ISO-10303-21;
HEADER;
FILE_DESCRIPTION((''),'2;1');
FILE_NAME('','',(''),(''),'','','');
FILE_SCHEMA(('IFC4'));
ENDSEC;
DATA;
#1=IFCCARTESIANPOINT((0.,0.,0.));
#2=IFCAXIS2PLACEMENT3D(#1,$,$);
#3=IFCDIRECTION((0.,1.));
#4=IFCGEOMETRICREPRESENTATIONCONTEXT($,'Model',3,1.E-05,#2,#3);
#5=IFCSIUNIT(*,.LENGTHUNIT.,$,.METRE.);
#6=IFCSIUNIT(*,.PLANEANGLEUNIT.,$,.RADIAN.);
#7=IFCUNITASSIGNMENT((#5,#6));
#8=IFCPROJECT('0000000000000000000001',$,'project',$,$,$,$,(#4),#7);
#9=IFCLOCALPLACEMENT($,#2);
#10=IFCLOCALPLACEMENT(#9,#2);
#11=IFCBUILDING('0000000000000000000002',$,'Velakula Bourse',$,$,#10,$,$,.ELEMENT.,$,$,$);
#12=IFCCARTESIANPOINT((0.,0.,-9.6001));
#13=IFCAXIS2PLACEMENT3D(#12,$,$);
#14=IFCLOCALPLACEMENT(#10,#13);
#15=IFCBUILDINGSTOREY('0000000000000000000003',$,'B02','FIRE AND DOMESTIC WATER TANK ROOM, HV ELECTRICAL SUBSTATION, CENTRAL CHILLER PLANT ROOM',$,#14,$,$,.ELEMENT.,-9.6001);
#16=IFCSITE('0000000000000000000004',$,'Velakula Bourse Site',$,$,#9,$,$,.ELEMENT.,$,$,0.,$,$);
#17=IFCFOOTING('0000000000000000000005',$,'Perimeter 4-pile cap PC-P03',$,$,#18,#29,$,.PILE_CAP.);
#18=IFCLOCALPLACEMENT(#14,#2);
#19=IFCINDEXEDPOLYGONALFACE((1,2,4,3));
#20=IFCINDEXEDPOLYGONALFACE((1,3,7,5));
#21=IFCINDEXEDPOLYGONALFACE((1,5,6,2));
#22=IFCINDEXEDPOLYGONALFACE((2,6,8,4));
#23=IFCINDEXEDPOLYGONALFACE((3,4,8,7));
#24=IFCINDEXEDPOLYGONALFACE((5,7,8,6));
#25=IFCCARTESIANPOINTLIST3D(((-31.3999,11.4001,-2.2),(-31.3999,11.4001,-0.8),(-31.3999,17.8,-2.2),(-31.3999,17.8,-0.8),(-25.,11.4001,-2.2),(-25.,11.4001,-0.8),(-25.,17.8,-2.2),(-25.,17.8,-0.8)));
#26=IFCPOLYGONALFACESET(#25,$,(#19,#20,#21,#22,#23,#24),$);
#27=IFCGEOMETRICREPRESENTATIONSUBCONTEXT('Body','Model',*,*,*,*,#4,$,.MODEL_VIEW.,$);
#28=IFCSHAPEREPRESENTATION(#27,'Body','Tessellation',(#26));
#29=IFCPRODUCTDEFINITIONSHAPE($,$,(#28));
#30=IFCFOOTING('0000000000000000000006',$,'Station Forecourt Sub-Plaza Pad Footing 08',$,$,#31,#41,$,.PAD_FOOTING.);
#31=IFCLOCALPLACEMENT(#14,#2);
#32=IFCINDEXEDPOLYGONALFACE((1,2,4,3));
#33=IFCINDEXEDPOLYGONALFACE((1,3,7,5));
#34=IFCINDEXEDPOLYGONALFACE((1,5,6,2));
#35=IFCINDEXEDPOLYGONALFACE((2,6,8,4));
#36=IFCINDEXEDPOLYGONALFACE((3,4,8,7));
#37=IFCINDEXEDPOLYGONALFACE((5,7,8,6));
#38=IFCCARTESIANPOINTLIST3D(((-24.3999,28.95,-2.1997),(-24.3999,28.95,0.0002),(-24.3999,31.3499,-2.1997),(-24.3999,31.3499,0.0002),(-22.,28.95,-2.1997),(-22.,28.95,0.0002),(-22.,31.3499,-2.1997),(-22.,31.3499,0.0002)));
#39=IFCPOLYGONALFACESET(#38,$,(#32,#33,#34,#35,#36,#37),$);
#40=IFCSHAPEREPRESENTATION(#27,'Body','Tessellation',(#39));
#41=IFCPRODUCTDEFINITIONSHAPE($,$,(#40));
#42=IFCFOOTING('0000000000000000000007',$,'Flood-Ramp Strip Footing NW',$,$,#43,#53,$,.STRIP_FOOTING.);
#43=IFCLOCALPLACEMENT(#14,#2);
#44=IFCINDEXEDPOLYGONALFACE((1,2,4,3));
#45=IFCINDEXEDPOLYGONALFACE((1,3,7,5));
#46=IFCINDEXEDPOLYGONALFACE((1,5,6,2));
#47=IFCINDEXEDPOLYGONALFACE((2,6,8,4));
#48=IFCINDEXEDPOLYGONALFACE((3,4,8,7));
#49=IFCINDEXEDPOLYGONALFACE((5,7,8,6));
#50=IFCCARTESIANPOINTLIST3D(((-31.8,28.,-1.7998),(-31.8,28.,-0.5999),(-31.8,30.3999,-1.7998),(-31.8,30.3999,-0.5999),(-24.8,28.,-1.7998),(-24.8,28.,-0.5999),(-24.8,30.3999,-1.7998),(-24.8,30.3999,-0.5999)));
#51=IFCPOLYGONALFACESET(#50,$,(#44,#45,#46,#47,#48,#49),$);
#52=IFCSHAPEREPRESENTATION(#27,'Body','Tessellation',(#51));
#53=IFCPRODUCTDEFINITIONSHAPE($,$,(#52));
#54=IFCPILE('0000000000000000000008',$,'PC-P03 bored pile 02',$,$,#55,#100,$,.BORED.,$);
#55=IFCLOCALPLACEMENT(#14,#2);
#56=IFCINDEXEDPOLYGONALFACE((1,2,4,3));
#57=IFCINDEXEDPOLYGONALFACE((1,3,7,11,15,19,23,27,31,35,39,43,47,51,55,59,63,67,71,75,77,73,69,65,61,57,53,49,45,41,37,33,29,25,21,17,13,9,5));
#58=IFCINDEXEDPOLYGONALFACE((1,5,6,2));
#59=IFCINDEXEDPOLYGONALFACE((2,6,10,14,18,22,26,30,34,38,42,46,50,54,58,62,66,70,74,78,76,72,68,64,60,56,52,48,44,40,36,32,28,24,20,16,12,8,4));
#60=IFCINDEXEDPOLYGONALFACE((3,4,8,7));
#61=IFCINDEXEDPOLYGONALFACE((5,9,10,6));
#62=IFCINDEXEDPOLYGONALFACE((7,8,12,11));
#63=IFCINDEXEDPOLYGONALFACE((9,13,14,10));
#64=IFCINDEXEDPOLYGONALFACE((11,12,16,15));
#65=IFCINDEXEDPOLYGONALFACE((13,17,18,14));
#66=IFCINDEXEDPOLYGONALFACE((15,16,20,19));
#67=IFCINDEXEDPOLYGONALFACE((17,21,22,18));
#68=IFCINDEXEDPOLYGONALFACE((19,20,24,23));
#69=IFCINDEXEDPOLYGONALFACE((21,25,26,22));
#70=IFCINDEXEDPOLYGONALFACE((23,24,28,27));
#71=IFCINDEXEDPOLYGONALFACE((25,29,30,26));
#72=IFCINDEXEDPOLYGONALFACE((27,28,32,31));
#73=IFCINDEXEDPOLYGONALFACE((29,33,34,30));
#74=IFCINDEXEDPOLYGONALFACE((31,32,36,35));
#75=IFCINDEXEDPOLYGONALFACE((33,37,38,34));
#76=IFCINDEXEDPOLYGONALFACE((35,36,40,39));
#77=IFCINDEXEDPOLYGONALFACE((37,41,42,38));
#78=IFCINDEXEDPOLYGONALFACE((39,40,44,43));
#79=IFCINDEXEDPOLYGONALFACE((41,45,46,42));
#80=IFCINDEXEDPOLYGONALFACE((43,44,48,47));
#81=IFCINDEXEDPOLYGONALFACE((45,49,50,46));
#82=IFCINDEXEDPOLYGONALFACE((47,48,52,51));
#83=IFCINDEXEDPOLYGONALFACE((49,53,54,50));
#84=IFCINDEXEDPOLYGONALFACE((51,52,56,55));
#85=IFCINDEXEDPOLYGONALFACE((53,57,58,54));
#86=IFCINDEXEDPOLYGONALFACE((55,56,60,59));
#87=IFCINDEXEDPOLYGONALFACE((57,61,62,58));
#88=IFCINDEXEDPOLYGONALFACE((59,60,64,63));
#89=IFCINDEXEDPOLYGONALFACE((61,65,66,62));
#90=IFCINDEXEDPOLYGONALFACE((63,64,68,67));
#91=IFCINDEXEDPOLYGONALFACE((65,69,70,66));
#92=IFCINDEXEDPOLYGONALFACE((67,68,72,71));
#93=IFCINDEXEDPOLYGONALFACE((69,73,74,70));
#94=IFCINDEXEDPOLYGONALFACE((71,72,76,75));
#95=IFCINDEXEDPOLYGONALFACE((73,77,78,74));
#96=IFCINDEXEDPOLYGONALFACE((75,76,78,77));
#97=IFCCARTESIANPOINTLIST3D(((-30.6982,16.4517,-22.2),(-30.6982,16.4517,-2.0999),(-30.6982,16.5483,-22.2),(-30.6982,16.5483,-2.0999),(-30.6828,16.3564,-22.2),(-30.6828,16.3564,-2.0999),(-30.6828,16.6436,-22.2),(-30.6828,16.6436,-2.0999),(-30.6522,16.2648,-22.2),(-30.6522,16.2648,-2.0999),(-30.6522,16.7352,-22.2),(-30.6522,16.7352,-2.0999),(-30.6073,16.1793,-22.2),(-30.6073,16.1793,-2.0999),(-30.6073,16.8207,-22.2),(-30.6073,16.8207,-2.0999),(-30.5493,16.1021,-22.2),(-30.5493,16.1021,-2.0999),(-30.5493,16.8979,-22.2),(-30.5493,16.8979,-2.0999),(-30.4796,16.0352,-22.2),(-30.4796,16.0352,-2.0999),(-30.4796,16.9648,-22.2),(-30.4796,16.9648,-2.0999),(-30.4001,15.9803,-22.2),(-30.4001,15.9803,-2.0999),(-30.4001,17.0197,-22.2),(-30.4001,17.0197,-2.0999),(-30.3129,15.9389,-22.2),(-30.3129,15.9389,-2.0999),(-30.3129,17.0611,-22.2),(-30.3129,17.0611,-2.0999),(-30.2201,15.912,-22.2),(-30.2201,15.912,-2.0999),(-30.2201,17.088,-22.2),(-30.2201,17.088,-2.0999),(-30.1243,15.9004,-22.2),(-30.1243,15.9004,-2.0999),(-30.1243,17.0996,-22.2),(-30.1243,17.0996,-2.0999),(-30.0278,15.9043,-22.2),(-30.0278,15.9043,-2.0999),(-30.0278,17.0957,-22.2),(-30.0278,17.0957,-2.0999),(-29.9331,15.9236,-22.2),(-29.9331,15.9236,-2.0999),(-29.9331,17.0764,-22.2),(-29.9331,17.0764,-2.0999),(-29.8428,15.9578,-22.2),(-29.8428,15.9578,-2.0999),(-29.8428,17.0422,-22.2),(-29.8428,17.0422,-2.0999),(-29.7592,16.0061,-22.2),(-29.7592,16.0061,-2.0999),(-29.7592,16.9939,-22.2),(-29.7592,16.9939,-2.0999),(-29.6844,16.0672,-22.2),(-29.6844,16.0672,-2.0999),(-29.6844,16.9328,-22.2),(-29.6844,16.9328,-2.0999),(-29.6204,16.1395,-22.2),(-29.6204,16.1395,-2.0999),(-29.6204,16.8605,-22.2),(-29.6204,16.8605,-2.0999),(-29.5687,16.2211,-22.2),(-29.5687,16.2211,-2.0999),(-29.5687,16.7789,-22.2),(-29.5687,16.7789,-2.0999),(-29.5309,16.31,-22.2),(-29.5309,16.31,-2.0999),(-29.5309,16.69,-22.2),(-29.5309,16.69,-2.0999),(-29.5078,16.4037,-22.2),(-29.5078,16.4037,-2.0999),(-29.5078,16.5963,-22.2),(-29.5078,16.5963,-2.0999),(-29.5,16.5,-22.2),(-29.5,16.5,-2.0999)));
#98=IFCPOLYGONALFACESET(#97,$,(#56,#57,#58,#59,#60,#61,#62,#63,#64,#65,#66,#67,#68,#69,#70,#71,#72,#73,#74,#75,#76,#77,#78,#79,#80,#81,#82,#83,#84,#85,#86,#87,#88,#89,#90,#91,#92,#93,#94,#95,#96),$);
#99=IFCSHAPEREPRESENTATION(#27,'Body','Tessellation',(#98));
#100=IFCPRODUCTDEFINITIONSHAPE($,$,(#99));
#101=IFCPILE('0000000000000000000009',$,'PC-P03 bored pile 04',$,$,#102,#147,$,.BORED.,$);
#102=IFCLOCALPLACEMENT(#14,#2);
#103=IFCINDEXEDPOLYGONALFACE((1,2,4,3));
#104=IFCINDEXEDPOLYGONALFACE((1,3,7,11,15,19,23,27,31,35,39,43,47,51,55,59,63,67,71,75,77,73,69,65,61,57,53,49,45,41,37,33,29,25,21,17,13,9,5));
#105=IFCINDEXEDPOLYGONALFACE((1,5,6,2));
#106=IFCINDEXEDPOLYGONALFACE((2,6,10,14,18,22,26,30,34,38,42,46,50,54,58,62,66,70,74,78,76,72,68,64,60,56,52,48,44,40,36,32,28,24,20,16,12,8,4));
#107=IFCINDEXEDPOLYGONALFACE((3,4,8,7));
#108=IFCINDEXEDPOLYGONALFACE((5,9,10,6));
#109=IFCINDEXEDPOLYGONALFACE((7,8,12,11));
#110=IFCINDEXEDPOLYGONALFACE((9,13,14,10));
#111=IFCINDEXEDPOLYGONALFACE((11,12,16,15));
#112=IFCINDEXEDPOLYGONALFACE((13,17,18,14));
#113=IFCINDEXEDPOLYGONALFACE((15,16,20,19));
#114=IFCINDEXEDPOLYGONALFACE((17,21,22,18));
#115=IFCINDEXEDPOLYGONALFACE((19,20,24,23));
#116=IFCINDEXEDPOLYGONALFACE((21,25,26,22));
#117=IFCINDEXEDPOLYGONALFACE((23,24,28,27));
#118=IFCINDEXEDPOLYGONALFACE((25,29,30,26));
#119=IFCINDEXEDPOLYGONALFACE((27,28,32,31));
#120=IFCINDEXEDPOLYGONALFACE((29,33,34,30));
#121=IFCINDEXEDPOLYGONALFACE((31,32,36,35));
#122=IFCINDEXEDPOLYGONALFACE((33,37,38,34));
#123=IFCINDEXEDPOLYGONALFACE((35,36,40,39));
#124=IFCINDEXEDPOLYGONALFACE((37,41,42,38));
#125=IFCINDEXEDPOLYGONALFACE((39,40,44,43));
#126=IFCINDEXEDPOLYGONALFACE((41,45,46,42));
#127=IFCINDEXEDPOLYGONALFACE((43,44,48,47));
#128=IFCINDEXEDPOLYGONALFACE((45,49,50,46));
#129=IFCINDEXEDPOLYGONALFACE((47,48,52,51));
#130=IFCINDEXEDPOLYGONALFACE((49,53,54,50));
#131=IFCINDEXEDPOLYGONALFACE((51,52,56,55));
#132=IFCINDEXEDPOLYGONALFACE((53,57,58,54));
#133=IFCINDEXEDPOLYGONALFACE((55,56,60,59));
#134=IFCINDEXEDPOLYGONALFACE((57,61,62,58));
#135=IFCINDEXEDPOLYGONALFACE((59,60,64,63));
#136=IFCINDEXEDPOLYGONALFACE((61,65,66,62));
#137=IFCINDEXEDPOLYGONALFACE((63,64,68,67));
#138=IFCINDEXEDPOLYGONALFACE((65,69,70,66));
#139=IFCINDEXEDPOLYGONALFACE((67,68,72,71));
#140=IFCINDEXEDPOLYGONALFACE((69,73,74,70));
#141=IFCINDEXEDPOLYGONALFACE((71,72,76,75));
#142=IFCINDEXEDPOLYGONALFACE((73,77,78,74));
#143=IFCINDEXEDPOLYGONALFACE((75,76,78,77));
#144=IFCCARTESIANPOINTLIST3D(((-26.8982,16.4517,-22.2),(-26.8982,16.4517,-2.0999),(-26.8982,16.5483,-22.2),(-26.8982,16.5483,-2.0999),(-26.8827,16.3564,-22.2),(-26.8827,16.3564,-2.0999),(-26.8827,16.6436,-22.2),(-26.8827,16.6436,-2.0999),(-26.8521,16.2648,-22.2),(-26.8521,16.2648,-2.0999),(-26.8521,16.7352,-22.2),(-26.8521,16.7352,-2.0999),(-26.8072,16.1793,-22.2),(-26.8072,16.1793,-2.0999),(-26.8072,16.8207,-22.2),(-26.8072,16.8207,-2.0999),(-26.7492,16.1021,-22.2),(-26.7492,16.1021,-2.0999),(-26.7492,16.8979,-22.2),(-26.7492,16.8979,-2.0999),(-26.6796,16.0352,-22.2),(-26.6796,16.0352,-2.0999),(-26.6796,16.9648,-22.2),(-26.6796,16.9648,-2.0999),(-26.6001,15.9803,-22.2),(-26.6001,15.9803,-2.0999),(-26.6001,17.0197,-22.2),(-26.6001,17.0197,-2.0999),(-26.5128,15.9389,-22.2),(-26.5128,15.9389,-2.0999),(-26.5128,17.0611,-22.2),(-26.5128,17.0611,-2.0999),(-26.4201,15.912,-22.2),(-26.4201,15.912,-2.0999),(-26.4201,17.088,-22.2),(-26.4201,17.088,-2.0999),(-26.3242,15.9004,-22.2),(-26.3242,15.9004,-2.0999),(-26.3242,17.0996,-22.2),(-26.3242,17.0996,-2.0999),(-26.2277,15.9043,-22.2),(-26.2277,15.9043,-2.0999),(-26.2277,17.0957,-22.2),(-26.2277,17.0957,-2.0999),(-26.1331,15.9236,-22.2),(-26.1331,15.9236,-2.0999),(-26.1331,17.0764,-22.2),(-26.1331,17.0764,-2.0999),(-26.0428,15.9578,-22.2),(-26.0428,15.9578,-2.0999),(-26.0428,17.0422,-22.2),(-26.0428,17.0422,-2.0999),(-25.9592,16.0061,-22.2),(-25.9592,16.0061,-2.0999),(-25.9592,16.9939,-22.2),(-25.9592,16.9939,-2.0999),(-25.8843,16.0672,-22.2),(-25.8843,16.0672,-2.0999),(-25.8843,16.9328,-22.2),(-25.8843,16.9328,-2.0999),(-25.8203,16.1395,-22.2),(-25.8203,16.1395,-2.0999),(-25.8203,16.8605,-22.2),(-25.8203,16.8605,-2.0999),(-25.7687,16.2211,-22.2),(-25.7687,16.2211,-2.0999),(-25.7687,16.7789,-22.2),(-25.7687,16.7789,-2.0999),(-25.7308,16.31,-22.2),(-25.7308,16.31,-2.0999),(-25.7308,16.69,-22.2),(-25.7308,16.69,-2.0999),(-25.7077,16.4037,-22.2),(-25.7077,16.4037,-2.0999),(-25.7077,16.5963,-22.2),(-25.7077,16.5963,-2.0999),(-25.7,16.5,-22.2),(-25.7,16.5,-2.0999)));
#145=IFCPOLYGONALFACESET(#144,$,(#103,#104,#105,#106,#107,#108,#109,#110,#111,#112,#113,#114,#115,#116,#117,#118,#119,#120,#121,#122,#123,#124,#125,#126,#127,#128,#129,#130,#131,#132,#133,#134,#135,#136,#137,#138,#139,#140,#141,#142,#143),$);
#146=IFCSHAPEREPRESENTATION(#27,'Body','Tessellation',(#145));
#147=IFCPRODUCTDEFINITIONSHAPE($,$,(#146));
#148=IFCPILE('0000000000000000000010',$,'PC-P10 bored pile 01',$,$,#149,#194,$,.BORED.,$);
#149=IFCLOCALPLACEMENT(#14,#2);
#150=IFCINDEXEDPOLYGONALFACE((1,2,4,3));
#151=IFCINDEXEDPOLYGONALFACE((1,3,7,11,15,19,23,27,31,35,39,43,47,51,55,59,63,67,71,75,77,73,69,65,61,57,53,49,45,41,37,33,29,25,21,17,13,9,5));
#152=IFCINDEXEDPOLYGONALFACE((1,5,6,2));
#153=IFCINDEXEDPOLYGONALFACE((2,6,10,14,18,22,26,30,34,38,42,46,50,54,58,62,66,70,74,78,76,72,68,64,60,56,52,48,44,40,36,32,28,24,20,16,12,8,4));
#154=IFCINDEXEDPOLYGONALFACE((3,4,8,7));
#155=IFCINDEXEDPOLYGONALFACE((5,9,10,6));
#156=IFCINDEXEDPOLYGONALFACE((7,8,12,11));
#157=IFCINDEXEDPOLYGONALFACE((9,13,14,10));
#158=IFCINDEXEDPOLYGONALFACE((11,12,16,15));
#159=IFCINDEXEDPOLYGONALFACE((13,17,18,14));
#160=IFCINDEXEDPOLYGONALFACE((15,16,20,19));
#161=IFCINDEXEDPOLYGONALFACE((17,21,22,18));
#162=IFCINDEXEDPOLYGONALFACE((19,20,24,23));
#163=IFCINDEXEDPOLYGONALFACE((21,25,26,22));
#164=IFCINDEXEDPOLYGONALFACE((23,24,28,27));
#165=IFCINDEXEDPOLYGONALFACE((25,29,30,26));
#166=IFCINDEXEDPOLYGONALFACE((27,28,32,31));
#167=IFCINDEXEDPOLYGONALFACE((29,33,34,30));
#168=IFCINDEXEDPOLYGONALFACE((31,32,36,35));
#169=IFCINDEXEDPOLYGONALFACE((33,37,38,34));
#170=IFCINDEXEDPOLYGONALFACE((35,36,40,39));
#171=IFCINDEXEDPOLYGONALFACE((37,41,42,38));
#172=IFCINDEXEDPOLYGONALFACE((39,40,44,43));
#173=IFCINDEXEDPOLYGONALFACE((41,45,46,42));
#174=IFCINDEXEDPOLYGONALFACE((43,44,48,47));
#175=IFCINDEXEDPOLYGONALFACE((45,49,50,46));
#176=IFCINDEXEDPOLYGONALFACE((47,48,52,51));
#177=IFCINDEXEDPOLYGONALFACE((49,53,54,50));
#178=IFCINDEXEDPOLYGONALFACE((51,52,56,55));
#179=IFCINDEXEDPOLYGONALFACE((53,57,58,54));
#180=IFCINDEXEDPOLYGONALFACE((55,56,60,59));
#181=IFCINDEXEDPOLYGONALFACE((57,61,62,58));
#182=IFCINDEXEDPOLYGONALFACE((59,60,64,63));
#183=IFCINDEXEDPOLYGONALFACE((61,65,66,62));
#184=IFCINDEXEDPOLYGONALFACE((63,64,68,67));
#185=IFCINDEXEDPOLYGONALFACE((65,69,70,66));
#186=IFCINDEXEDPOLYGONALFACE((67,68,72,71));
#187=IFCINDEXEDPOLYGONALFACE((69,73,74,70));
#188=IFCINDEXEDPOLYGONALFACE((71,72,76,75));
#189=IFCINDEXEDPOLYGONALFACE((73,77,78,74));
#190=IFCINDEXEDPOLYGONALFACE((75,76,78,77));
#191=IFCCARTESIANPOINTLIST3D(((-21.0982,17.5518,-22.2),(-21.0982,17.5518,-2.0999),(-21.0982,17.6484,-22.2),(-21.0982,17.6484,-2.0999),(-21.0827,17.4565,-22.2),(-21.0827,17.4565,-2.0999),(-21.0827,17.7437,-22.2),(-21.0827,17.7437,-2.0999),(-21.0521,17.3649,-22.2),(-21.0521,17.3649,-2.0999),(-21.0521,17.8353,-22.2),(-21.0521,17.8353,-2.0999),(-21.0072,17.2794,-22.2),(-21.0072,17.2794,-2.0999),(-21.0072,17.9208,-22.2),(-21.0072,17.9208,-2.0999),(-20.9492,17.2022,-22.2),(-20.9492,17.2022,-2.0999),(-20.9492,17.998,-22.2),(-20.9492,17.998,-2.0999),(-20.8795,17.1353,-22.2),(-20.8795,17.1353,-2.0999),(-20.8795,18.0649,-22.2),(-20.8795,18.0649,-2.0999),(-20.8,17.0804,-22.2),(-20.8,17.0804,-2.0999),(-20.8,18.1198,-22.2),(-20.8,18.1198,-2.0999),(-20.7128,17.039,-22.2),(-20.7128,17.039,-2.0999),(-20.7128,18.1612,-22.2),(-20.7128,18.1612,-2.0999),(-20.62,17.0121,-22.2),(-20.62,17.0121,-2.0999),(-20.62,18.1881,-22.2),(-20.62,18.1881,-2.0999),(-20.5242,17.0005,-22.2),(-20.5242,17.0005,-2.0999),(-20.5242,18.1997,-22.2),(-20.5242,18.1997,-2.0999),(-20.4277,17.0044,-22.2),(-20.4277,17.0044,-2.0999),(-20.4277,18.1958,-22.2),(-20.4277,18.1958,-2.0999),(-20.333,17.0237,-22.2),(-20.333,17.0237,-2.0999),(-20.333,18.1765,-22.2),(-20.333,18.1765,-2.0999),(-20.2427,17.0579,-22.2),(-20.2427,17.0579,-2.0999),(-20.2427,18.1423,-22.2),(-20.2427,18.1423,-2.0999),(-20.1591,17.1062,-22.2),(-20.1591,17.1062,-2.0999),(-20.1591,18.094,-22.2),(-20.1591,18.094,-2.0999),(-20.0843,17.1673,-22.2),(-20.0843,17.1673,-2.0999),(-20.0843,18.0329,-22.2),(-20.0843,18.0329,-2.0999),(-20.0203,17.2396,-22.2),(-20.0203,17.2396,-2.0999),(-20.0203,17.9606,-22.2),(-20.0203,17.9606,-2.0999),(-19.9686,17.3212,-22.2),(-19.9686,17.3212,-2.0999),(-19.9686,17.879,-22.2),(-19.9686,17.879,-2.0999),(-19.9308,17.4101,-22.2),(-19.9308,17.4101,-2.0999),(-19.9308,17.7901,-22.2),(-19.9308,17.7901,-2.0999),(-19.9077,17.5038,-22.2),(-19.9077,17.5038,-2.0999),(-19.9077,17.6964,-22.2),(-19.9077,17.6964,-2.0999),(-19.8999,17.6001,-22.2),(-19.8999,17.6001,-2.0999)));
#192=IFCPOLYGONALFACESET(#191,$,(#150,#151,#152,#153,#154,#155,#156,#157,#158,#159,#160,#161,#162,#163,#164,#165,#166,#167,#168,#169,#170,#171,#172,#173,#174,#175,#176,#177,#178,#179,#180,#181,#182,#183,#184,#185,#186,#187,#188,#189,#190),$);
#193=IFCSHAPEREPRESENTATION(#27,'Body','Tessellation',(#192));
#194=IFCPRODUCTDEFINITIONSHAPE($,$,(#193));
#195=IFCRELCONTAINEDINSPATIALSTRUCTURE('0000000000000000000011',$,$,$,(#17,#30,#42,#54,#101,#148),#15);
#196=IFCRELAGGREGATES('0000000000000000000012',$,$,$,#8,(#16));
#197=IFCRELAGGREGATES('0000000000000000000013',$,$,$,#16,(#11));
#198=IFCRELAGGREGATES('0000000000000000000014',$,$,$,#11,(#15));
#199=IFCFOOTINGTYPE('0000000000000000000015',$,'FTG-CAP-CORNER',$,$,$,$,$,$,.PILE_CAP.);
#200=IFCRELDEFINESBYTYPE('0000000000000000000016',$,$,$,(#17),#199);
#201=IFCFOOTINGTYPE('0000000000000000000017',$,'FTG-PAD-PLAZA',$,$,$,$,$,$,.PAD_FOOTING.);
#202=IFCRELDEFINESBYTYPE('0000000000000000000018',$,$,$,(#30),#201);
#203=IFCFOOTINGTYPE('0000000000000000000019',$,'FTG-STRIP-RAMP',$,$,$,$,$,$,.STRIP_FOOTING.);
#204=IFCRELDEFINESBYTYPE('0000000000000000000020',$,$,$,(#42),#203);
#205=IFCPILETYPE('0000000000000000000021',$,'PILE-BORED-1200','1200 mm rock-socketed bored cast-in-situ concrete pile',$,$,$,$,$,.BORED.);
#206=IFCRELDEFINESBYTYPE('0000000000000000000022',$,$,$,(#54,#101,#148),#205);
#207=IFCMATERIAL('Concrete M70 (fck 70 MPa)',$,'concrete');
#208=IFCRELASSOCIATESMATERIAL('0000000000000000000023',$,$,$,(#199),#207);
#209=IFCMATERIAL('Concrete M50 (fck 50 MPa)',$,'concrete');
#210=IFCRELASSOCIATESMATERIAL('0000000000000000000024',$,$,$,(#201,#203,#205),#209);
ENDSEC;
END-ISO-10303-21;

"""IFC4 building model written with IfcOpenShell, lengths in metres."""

from ifc_helpers import new_model, si_unit, direction, frame, origin, origin_2d, place, context, subcontext, project, spatial, rectangle, circle, extrude, material, material_profile, profile_set, type_object, element, save


model = new_model("IFC4")

# Units and contexts
model_context = context("Model", 3, precision=1e-05, world=origin(), true_north=direction((0.0, 1.0)))
body_context = subcontext(model_context, "Body", "Model", "MODEL_VIEW")
ifc_project = project(units=[si_unit("LENGTHUNIT", "METRE"), si_unit("PLANEANGLEUNIT", "RADIAN")], contexts=[model_context])

# Site, building, storey
site_placement = place(None, origin())
site = spatial("IfcSite", under=ifc_project, at=site_placement, Name="Velakula Bourse Site", CompositionType="ELEMENT", RefElevation=0.0)
building_placement = place(site_placement, origin())
building = spatial("IfcBuilding", under=site, at=building_placement, Name="Velakula Bourse", CompositionType="ELEMENT")
storey_placement = place(building_placement, frame((0.0, 0.0, -9.6001)))
storey = spatial("IfcBuildingStorey", under=building, at=storey_placement, Name="B02", Description="FIRE AND DOMESTIC WATER TANK ROOM, HV ELECTRICAL SUBSTATION, CENTRAL CHILLER PLANT ROOM", CompositionType="ELEMENT", Elevation=-9.6001)

# Footings
ifc_material_1 = material(Name="Concrete M70 (fck 70 MPa)", Category="concrete")
footing_type_1 = type_object("IfcFootingType", Name="FTG-CAP-CORNER", PredefinedType="PILE_CAP", material=ifc_material_1)
footing_1_placement = place(storey_placement, frame((-28.2, 14.6001, -2.2), z_axis=(0.0, 0.0, 1.0), x_axis=(1.0, 0.0, 0.0)))
element("IfcFooting", 1, at=footing_1_placement, inside=storey, type_object=footing_type_1, Name="Perimeter 4-pile cap PC-P03", PredefinedType="PILE_CAP", context=body_context, shape_type="SweptSolid", body=[
    extrude(rectangle(XDim=6.3999, YDim=6.3999, at=origin_2d()), origin(), (0.0, 0.0, 1.0), 1.3999),
])
ifc_material_2 = material(Name="Concrete M50 (fck 50 MPa)", Category="concrete")
footing_type_2 = type_object("IfcFootingType", Name="FTG-PAD-PLAZA", PredefinedType="PAD_FOOTING", material=ifc_material_2)
footing_2_placement = place(storey_placement, frame((-23.2, 30.1499, -2.1997), z_axis=(0.0, 0.0, 1.0), x_axis=(1.0, 0.0, 0.0)))
element("IfcFooting", 2, at=footing_2_placement, inside=storey, type_object=footing_type_2, Name="Station Forecourt Sub-Plaza Pad Footing 08", PredefinedType="PAD_FOOTING", context=body_context, shape_type="SweptSolid", body=[
    extrude(rectangle(XDim=2.3999, YDim=2.3999, at=origin_2d()), origin(), (0.0, 0.0, 1.0), 2.2),
])
footing_type_3 = type_object("IfcFootingType", Name="FTG-STRIP-RAMP", PredefinedType="STRIP_FOOTING", material=ifc_material_2)
footing_3_placement = place(storey_placement, frame((-28.3, 29.2, -1.7998), z_axis=(0.0, 0.0, 1.0), x_axis=(1.0, 0.0, 0.0)))
element("IfcFooting", 3, at=footing_3_placement, inside=storey, type_object=footing_type_3, Name="Flood-Ramp Strip Footing NW", PredefinedType="STRIP_FOOTING", context=body_context, shape_type="SweptSolid", body=[
    extrude(rectangle(XDim=7.0, YDim=2.3999, at=origin_2d()), origin(), (0.0, 0.0, 1.0), 1.2),
])

# Piles
ifc_material_profile_1 = material_profile(ifc_material_2, circle(Radius=0.6001, at=origin_2d()), Name="Concrete M50 (fck 50 MPa)")
ifc_profile_set_1 = profile_set([ifc_material_profile_1], Name="Concrete M50 (fck 50 MPa)")
pile_type = type_object("IfcPileType", Name="PILE-BORED-1200", Description="1200 mm rock-socketed bored cast-in-situ concrete pile", PredefinedType="BORED", material=ifc_profile_set_1)
for number, where, z_axis, x_axis, name in (
    (4, (-30.1001, 16.5, -2.0999), (0.0, 0.0, -1.0), (1.0, 0.0, 0.0), "PC-P03 bored pile 02"),
    (5, (-26.3, 16.5, -2.0999), (0.0, 0.0, -1.0), (1.0, 0.0, 0.0), "PC-P03 bored pile 04"),
    (6, (-20.5, 17.6001, -2.0999), (0.0, 0.0, -1.0), (1.0, 0.0, 0.0), "PC-P10 bored pile 01"),
):
    element("IfcPile", number, at=place(storey_placement, frame(where, z_axis=z_axis, x_axis=x_axis)), inside=storey, type_object=pile_type, Name=name, PredefinedType="BORED", context=body_context, shape_type="SweptSolid", body=[
        extrude(circle(Radius=0.6001, at=origin_2d()), origin(), (0.0, 0.0, 1.0), 20.1001),
    ])

save(model, "model.ifc")
